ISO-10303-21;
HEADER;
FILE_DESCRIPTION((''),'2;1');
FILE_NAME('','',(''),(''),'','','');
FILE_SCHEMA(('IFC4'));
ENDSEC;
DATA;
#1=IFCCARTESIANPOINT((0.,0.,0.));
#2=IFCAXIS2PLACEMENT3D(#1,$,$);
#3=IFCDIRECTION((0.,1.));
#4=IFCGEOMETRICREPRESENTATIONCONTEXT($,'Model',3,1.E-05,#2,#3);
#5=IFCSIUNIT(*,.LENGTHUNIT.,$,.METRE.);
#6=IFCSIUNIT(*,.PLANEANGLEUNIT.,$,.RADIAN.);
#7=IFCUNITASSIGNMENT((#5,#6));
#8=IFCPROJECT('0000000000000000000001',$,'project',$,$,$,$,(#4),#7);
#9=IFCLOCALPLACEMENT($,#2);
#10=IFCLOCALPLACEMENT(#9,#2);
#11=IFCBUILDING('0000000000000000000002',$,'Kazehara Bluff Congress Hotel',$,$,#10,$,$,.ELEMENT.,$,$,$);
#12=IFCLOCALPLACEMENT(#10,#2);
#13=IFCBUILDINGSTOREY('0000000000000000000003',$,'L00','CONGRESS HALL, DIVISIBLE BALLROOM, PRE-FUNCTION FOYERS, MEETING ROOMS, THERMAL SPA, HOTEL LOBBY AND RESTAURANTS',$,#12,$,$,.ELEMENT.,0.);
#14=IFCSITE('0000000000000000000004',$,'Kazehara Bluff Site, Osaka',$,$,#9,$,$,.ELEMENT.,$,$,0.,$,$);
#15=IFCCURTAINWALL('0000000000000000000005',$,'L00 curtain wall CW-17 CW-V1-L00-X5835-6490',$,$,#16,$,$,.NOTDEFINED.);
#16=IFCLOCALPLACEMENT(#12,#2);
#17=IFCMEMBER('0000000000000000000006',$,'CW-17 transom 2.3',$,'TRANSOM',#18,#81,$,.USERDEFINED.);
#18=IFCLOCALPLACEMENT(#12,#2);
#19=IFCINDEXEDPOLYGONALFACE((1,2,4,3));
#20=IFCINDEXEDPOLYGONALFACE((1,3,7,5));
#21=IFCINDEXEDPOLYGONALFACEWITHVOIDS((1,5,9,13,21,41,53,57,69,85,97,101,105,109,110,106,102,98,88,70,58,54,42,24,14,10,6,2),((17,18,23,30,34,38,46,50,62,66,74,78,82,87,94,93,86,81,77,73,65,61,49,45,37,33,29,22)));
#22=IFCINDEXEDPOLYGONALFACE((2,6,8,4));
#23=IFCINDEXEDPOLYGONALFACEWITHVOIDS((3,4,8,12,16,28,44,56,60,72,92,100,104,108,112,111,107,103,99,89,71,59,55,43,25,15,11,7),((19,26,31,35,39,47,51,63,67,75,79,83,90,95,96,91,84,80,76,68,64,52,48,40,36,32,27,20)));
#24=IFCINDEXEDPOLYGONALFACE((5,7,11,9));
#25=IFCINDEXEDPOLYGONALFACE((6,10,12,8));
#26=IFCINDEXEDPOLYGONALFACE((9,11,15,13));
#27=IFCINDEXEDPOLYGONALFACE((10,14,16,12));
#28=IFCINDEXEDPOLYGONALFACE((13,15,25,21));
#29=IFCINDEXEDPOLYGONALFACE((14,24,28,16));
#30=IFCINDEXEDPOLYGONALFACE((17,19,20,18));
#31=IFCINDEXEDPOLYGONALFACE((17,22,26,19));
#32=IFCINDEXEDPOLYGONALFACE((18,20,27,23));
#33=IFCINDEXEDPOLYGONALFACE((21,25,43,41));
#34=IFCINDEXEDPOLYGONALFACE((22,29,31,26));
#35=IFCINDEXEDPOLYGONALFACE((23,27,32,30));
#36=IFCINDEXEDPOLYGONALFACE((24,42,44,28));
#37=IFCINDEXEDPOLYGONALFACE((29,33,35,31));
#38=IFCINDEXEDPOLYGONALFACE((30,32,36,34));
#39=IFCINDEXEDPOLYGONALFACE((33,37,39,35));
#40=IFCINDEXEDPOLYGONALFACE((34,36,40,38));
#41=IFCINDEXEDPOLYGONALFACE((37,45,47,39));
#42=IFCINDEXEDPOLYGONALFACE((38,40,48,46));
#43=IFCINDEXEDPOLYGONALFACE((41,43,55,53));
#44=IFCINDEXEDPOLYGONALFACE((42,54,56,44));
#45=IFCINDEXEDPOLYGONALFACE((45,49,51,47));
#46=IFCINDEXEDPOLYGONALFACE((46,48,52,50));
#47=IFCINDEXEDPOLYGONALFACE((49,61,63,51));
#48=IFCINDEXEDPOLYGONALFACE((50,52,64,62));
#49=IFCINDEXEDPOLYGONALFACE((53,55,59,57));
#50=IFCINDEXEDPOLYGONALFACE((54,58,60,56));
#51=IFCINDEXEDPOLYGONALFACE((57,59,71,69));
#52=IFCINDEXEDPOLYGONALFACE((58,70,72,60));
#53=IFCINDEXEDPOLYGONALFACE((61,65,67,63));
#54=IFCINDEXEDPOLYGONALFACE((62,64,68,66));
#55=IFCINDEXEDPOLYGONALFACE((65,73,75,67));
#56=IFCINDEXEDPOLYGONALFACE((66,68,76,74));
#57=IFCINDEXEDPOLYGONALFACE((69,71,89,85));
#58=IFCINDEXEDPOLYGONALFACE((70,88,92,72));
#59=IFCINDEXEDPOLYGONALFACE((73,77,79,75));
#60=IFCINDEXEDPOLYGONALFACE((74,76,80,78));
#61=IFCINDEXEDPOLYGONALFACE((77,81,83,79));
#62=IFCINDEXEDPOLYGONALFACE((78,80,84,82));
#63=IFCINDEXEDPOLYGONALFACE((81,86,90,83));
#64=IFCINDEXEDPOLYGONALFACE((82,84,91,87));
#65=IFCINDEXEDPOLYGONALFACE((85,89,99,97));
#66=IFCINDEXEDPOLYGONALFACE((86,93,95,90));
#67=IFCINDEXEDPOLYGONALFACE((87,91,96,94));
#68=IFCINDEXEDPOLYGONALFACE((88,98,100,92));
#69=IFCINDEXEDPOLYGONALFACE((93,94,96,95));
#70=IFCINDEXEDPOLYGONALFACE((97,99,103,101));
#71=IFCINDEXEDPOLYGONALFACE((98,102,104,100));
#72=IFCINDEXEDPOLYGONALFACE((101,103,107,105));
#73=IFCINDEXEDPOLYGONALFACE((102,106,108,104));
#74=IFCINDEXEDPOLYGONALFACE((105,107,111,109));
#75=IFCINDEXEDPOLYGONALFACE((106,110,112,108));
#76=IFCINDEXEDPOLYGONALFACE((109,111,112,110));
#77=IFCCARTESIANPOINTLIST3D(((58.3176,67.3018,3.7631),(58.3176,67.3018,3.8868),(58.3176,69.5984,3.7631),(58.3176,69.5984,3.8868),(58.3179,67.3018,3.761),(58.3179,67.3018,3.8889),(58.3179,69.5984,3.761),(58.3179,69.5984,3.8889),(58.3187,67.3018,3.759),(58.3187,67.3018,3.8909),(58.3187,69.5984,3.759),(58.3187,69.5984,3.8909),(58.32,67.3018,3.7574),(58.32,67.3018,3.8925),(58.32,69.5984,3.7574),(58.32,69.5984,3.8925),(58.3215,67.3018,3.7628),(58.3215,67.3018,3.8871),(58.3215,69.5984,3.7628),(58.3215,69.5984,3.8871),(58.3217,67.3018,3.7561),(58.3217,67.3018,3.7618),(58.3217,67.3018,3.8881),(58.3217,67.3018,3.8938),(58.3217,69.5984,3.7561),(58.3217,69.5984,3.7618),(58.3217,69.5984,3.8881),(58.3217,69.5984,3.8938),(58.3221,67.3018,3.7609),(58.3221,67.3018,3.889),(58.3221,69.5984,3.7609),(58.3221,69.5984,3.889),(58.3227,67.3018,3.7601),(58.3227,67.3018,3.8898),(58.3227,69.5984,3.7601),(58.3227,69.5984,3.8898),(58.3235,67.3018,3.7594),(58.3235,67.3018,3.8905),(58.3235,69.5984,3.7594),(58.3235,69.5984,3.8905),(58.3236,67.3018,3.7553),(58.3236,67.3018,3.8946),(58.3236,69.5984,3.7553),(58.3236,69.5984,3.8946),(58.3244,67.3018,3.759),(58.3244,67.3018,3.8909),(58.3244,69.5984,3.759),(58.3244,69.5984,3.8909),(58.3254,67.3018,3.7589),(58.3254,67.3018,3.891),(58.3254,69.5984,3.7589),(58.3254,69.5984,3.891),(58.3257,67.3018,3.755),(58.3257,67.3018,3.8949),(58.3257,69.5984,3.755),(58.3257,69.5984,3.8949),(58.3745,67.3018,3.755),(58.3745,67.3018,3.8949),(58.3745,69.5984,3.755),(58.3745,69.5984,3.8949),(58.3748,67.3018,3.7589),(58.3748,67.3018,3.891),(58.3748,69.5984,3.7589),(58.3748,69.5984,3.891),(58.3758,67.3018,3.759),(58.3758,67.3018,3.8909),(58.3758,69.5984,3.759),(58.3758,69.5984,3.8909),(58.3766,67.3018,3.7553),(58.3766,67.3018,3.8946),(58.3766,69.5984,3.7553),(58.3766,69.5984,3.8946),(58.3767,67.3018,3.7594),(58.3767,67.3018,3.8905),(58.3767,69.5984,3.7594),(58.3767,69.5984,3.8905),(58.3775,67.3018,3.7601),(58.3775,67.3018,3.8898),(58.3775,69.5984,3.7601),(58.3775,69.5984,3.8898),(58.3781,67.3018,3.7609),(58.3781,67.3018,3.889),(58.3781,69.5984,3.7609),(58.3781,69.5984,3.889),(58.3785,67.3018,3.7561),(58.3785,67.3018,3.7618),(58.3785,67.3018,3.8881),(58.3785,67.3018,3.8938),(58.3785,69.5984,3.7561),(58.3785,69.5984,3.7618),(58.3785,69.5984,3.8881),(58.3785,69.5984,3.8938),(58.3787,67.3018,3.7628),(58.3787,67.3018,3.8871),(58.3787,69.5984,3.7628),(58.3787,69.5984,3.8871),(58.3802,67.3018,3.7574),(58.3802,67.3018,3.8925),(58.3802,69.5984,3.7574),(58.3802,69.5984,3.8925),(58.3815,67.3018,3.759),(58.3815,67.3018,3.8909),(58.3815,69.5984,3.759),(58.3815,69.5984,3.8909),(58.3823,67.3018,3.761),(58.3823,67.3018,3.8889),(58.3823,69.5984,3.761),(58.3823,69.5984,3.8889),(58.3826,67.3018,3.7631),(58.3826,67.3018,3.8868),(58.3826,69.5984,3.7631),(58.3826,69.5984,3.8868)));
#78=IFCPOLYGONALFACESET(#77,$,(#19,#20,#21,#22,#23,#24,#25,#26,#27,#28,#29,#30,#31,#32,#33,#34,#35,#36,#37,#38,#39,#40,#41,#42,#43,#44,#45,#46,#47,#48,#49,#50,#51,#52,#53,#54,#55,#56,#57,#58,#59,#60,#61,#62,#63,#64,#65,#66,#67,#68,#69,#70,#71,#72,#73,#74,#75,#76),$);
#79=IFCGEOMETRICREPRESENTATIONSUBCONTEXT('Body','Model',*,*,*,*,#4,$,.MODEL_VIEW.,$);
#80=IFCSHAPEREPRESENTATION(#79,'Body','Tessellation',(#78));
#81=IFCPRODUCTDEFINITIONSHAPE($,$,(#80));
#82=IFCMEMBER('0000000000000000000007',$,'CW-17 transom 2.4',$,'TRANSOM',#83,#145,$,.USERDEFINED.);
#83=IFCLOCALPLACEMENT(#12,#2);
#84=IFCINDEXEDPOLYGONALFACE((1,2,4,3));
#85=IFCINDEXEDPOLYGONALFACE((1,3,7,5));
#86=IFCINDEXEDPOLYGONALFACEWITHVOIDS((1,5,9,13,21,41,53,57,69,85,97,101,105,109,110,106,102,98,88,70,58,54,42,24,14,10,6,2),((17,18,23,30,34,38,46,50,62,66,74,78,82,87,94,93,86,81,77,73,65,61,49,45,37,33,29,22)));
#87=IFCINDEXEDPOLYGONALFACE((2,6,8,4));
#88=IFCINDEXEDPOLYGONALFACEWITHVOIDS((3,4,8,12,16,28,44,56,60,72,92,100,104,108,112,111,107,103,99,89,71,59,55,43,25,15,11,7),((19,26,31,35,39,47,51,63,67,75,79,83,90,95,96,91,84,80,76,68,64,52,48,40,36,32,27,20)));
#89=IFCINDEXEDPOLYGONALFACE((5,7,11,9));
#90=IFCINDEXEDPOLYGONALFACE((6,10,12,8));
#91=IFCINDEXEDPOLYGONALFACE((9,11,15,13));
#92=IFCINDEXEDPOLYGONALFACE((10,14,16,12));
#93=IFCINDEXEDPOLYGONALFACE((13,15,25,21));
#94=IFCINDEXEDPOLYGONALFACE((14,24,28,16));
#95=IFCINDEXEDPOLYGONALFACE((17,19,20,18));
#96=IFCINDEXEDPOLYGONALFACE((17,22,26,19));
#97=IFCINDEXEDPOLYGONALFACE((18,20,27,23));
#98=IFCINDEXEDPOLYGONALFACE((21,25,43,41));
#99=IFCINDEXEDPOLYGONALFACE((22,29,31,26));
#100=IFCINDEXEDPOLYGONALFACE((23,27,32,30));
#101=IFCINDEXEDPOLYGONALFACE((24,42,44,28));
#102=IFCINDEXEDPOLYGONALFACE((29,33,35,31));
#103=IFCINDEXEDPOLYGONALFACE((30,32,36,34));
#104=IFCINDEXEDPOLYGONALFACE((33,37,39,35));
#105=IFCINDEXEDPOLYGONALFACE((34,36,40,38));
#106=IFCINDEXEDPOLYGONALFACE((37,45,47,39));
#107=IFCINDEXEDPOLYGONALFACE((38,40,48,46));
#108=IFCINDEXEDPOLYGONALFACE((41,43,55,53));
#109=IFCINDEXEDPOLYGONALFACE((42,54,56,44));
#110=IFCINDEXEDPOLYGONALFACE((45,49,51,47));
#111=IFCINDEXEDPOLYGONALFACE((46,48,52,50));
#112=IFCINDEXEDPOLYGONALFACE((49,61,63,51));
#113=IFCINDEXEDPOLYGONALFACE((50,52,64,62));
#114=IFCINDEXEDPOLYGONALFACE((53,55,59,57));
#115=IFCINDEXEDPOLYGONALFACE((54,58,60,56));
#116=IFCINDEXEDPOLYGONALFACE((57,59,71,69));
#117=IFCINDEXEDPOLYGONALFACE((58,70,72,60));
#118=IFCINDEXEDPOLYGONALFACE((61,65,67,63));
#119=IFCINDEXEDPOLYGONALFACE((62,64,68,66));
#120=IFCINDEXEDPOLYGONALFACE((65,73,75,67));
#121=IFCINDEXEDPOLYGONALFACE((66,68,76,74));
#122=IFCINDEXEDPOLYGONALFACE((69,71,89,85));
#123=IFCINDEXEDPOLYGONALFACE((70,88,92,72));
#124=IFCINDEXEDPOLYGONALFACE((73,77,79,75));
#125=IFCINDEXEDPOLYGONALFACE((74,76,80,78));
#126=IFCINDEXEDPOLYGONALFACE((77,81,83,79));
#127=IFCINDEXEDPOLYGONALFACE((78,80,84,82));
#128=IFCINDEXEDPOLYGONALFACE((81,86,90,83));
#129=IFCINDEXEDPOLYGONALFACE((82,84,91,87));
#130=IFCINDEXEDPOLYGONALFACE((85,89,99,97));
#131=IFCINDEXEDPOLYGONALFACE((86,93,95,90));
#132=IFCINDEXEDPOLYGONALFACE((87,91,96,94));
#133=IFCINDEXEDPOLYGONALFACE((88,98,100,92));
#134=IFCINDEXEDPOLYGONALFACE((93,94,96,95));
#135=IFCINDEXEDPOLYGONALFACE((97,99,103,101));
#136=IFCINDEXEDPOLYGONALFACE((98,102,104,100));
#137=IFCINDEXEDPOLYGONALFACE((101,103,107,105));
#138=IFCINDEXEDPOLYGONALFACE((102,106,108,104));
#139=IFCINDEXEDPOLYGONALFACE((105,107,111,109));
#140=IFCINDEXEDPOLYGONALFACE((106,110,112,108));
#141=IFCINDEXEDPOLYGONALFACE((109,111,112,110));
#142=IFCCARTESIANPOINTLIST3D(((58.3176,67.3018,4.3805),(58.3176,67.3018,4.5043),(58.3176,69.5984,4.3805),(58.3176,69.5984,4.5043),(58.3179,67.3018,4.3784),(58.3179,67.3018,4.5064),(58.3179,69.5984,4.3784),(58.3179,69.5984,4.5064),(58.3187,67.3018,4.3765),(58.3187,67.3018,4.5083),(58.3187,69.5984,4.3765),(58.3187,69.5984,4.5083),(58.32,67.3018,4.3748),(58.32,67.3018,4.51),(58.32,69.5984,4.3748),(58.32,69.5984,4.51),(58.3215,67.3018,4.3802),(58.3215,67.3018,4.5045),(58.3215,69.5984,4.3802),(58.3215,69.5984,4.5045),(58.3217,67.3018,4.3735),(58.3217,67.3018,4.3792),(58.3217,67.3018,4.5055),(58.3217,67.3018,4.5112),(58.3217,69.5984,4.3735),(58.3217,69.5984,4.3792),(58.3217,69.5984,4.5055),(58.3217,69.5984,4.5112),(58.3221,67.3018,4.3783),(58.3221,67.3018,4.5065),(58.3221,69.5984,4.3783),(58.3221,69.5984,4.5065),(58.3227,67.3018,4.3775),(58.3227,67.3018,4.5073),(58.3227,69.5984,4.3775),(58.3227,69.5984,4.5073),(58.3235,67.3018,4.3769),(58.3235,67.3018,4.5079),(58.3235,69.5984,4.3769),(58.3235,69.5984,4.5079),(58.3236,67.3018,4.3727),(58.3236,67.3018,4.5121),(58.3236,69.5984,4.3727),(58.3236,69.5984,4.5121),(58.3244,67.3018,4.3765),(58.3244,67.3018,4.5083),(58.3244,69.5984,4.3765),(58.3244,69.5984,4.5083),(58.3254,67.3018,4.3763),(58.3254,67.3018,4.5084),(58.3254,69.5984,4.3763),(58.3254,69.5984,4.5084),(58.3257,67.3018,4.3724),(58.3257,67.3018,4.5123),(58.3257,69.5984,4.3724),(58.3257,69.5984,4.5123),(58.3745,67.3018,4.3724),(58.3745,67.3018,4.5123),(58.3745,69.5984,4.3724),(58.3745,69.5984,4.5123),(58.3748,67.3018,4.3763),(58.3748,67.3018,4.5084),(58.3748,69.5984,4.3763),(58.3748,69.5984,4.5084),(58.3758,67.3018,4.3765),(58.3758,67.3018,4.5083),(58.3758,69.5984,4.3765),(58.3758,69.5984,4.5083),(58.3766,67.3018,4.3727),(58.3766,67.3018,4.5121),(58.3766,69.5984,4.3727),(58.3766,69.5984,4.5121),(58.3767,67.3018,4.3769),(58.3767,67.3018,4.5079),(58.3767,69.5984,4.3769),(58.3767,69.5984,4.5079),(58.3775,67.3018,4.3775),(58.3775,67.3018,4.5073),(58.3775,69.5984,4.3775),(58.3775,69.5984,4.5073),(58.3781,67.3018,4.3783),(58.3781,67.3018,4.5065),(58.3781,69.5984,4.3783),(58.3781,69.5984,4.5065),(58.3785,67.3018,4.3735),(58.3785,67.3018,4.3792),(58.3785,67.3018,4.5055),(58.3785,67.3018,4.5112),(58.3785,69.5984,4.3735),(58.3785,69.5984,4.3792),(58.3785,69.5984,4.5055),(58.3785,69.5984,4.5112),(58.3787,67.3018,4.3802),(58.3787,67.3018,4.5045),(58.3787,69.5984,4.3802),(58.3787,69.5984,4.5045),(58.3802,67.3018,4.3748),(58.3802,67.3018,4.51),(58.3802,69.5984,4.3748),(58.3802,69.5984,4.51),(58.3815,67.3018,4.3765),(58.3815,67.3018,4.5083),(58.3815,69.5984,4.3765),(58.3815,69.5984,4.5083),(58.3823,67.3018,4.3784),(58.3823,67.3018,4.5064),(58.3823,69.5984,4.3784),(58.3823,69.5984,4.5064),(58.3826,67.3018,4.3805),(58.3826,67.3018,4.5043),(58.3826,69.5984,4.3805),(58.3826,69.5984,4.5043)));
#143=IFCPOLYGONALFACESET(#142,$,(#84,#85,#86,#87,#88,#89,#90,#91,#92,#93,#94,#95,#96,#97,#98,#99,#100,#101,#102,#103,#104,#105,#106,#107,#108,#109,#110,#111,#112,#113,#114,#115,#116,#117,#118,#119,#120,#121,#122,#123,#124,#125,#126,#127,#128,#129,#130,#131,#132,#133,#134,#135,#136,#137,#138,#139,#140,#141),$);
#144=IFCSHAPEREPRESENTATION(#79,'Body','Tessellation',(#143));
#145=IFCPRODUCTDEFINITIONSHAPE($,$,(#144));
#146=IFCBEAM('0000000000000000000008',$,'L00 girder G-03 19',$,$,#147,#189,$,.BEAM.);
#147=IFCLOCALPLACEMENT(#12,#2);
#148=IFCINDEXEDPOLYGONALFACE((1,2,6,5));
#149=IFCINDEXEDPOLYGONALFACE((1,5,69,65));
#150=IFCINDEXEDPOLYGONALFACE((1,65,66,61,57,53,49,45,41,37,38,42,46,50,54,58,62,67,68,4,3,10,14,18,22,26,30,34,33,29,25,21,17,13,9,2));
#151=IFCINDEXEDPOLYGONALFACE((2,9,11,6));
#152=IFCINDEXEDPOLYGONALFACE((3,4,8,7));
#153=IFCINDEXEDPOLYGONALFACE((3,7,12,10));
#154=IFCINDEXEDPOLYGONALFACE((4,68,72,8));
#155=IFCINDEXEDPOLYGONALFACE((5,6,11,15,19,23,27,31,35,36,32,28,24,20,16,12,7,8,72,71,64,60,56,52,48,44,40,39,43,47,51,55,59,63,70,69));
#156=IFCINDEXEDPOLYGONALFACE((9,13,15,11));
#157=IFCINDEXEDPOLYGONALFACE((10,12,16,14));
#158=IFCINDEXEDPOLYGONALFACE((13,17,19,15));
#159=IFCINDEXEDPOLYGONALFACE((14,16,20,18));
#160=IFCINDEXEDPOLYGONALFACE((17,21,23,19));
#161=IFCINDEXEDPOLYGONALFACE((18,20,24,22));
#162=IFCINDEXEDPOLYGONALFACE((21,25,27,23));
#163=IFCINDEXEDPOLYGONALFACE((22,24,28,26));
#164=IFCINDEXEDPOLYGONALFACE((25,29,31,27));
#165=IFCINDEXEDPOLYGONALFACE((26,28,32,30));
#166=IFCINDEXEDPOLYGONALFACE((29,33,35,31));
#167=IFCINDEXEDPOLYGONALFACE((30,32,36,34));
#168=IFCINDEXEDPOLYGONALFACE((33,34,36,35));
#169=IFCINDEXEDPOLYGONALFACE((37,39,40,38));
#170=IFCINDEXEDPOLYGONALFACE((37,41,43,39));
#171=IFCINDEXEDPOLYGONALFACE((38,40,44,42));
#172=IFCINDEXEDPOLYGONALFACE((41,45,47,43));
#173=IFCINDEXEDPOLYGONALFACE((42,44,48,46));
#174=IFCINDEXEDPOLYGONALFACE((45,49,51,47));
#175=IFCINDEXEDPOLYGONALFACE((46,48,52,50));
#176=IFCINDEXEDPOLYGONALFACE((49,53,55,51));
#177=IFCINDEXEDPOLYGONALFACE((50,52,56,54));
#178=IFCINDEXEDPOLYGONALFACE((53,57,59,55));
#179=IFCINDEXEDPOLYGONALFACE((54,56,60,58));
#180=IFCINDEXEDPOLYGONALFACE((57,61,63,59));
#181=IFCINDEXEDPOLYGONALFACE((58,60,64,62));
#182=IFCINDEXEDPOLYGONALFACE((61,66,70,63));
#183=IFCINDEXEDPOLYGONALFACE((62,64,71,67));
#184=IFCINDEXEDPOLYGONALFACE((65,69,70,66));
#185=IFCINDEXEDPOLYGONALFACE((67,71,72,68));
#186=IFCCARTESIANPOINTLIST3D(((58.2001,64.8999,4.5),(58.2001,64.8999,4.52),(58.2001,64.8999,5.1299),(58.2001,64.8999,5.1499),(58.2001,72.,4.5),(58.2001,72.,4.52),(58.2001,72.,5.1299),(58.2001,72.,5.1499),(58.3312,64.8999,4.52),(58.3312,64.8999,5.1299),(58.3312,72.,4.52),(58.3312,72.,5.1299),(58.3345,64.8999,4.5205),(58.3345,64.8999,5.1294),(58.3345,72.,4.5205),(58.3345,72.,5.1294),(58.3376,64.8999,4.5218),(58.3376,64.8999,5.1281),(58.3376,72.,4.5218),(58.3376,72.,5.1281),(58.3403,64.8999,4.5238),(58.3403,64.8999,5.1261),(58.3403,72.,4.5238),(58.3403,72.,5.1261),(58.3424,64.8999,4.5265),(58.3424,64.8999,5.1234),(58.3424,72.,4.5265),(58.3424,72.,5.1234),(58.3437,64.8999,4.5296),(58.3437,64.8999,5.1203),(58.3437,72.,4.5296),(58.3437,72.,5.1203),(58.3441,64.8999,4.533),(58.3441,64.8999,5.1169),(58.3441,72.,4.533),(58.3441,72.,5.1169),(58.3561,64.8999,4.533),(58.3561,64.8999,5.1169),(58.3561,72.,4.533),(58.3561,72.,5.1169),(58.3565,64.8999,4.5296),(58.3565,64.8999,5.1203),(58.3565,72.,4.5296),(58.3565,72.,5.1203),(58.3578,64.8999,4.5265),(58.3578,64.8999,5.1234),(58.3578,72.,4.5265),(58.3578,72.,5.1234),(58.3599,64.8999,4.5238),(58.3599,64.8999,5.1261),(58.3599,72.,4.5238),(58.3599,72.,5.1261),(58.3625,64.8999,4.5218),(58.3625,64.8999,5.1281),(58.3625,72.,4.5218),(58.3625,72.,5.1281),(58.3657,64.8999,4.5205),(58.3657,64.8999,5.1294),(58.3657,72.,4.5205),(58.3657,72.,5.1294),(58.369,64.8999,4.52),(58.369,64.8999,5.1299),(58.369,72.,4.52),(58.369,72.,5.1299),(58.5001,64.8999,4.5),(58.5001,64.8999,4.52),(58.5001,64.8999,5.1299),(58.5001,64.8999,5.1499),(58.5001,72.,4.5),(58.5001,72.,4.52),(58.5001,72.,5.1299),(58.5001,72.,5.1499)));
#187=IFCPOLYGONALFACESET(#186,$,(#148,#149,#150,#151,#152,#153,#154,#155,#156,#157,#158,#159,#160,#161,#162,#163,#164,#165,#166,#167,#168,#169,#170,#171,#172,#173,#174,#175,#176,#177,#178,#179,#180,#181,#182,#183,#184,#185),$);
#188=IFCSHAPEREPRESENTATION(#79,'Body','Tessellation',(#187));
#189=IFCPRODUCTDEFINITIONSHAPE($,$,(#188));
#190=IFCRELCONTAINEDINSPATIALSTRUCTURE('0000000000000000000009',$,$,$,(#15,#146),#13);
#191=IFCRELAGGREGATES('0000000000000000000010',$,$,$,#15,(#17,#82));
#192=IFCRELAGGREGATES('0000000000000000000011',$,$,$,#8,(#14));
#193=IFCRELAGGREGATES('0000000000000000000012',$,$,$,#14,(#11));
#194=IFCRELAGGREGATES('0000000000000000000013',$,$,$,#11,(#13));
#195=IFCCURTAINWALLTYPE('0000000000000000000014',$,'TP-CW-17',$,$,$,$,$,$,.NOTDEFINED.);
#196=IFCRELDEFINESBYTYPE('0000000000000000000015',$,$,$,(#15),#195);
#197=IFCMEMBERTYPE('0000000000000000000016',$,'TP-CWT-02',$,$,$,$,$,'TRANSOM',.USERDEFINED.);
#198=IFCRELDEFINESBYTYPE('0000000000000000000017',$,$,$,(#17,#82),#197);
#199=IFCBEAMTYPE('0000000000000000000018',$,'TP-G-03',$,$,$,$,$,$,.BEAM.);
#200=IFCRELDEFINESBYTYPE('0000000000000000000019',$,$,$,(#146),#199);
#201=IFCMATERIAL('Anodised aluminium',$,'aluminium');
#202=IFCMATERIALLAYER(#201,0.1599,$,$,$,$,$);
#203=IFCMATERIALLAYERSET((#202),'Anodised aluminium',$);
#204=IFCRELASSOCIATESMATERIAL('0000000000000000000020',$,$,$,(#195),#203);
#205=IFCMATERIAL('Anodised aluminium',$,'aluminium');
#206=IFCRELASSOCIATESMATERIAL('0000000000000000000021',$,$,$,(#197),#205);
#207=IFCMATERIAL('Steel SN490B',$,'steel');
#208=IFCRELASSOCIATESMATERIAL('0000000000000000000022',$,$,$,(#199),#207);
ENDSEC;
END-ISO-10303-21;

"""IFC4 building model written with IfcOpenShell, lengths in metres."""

from ifc_helpers import new_model, si_unit, direction, frame, origin, origin_2d, place, context, subcontext, project, spatial, hollow_rectangle, i_section, extrude, material, layer, layer_set, material_profile, profile_set, type_object, element, aggregate, save


model = new_model("IFC4")

# Units and contexts
model_context = context("Model", 3, precision=1e-05, world=origin(), true_north=direction((0.0, 1.0)))
body_context = subcontext(model_context, "Body", "Model", "MODEL_VIEW")
ifc_project = project(units=[si_unit("LENGTHUNIT", "METRE"), si_unit("PLANEANGLEUNIT", "RADIAN")], contexts=[model_context])

# Site, building, storey
site_placement = place(None, origin())
site = spatial("IfcSite", under=ifc_project, at=site_placement, Name="Kazehara Bluff Site, Osaka", CompositionType="ELEMENT", RefElevation=0.0)
building_placement = place(site_placement, origin())
building = spatial("IfcBuilding", under=site, at=building_placement, Name="Kazehara Bluff Congress Hotel", CompositionType="ELEMENT")
storey_placement = place(building_placement, origin())
storey = spatial("IfcBuildingStorey", under=building, at=storey_placement, Name="L00", Description="CONGRESS HALL, DIVISIBLE BALLROOM, PRE-FUNCTION FOYERS, MEETING ROOMS, THERMAL SPA, HOTEL LOBBY AND RESTAURANTS", CompositionType="ELEMENT", Elevation=0.0)

# Curtain wall
ifc_material_1 = material(Name="Anodised aluminium", Category="aluminium")
ifc_layer_1 = layer(ifc_material_1, 0.1599)
ifc_layer_set_1 = layer_set([ifc_layer_1], Name="Anodised aluminium")
curtain_wall_type = type_object("IfcCurtainWallType", Name="TP-CW-17", PredefinedType="NOTDEFINED", material=ifc_layer_set_1)
curtain_wall_1_placement = place(storey_placement, origin())
curtain_wall_1 = element("IfcCurtainWall", 1, at=curtain_wall_1_placement, inside=storey, type_object=curtain_wall_type, Name="L00 curtain wall CW-17 CW-V1-L00-X5835-6490", PredefinedType="NOTDEFINED")

# Members
ifc_material_2 = material(Name="Anodised aluminium", Category="aluminium")
ifc_material_profile_1 = material_profile(ifc_material_2, hollow_rectangle(XDim=0.0649, YDim=0.1399, WallThickness=0.0039, InnerFilletRadius=0.0039, OuterFilletRadius=0.0081, at=origin_2d()))
ifc_profile_set_1 = profile_set([ifc_material_profile_1], Name="Anodised aluminium")
member_type_1 = type_object("IfcMemberType", Name="TP-CWT-02", ElementType="TRANSOM", PredefinedType="USERDEFINED", material=ifc_profile_set_1)
member_1_placement = place(storey_placement, frame((58.3501, 67.3018, 3.825), z_axis=(0.0, 1.0, 0.0), x_axis=(-1.0, 0.0, 0.0)))
member_1 = element("IfcMember", 2, at=member_1_placement, type_object=member_type_1, Name="CW-17 transom 2.3", ObjectType="TRANSOM", PredefinedType="USERDEFINED", context=body_context, shape_type="SweptSolid", body=[
    extrude(hollow_rectangle(XDim=0.0649, YDim=0.1399, WallThickness=0.0039, InnerFilletRadius=0.0039, OuterFilletRadius=0.0081, at=origin_2d()), origin(), (0.0, 0.0, 1.0), 2.2966),
])
member_2_placement = place(storey_placement, frame((58.3501, 67.3018, 4.4424), z_axis=(0.0, 1.0, 0.0), x_axis=(-1.0, 0.0, 0.0)))
member_2 = element("IfcMember", 3, at=member_2_placement, type_object=member_type_1, Name="CW-17 transom 2.4", ObjectType="TRANSOM", PredefinedType="USERDEFINED", context=body_context, shape_type="SweptSolid", body=[
    extrude(hollow_rectangle(XDim=0.0649, YDim=0.1399, WallThickness=0.0039, InnerFilletRadius=0.0039, OuterFilletRadius=0.0081, at=origin_2d()), origin(), (0.0, 0.0, 1.0), 2.2966),
])

# Beam
ifc_material_3 = material(Name="Steel SN490B", Category="steel")
ifc_material_profile_2 = material_profile(ifc_material_3, i_section(OverallWidth=0.3, OverallDepth=0.6499, WebThickness=0.012, FlangeThickness=0.02, FilletRadius=0.0129, at=origin_2d()))
ifc_profile_set_2 = profile_set([ifc_material_profile_2], Name="Steel SN490B")
beam_type = type_object("IfcBeamType", Name="TP-G-03", PredefinedType="BEAM", material=ifc_profile_set_2)
beam_placement = place(storey_placement, frame((58.3501, 64.8999, 4.825), z_axis=(0.0, 1.0, 0.0), x_axis=(-1.0, 0.0, 0.0)))
element("IfcBeam", 4, at=beam_placement, inside=storey, type_object=beam_type, Name="L00 girder G-03 19", PredefinedType="BEAM", context=body_context, shape_type="SweptSolid", body=[
    extrude(i_section(OverallWidth=0.3, OverallDepth=0.6499, WebThickness=0.012, FlangeThickness=0.02, FilletRadius=0.0129, at=origin_2d()), origin(), (0.0, 0.0, 1.0), 7.1001),
])

aggregate(curtain_wall_1, [member_1, member_2])

save(model, "model.ifc")
